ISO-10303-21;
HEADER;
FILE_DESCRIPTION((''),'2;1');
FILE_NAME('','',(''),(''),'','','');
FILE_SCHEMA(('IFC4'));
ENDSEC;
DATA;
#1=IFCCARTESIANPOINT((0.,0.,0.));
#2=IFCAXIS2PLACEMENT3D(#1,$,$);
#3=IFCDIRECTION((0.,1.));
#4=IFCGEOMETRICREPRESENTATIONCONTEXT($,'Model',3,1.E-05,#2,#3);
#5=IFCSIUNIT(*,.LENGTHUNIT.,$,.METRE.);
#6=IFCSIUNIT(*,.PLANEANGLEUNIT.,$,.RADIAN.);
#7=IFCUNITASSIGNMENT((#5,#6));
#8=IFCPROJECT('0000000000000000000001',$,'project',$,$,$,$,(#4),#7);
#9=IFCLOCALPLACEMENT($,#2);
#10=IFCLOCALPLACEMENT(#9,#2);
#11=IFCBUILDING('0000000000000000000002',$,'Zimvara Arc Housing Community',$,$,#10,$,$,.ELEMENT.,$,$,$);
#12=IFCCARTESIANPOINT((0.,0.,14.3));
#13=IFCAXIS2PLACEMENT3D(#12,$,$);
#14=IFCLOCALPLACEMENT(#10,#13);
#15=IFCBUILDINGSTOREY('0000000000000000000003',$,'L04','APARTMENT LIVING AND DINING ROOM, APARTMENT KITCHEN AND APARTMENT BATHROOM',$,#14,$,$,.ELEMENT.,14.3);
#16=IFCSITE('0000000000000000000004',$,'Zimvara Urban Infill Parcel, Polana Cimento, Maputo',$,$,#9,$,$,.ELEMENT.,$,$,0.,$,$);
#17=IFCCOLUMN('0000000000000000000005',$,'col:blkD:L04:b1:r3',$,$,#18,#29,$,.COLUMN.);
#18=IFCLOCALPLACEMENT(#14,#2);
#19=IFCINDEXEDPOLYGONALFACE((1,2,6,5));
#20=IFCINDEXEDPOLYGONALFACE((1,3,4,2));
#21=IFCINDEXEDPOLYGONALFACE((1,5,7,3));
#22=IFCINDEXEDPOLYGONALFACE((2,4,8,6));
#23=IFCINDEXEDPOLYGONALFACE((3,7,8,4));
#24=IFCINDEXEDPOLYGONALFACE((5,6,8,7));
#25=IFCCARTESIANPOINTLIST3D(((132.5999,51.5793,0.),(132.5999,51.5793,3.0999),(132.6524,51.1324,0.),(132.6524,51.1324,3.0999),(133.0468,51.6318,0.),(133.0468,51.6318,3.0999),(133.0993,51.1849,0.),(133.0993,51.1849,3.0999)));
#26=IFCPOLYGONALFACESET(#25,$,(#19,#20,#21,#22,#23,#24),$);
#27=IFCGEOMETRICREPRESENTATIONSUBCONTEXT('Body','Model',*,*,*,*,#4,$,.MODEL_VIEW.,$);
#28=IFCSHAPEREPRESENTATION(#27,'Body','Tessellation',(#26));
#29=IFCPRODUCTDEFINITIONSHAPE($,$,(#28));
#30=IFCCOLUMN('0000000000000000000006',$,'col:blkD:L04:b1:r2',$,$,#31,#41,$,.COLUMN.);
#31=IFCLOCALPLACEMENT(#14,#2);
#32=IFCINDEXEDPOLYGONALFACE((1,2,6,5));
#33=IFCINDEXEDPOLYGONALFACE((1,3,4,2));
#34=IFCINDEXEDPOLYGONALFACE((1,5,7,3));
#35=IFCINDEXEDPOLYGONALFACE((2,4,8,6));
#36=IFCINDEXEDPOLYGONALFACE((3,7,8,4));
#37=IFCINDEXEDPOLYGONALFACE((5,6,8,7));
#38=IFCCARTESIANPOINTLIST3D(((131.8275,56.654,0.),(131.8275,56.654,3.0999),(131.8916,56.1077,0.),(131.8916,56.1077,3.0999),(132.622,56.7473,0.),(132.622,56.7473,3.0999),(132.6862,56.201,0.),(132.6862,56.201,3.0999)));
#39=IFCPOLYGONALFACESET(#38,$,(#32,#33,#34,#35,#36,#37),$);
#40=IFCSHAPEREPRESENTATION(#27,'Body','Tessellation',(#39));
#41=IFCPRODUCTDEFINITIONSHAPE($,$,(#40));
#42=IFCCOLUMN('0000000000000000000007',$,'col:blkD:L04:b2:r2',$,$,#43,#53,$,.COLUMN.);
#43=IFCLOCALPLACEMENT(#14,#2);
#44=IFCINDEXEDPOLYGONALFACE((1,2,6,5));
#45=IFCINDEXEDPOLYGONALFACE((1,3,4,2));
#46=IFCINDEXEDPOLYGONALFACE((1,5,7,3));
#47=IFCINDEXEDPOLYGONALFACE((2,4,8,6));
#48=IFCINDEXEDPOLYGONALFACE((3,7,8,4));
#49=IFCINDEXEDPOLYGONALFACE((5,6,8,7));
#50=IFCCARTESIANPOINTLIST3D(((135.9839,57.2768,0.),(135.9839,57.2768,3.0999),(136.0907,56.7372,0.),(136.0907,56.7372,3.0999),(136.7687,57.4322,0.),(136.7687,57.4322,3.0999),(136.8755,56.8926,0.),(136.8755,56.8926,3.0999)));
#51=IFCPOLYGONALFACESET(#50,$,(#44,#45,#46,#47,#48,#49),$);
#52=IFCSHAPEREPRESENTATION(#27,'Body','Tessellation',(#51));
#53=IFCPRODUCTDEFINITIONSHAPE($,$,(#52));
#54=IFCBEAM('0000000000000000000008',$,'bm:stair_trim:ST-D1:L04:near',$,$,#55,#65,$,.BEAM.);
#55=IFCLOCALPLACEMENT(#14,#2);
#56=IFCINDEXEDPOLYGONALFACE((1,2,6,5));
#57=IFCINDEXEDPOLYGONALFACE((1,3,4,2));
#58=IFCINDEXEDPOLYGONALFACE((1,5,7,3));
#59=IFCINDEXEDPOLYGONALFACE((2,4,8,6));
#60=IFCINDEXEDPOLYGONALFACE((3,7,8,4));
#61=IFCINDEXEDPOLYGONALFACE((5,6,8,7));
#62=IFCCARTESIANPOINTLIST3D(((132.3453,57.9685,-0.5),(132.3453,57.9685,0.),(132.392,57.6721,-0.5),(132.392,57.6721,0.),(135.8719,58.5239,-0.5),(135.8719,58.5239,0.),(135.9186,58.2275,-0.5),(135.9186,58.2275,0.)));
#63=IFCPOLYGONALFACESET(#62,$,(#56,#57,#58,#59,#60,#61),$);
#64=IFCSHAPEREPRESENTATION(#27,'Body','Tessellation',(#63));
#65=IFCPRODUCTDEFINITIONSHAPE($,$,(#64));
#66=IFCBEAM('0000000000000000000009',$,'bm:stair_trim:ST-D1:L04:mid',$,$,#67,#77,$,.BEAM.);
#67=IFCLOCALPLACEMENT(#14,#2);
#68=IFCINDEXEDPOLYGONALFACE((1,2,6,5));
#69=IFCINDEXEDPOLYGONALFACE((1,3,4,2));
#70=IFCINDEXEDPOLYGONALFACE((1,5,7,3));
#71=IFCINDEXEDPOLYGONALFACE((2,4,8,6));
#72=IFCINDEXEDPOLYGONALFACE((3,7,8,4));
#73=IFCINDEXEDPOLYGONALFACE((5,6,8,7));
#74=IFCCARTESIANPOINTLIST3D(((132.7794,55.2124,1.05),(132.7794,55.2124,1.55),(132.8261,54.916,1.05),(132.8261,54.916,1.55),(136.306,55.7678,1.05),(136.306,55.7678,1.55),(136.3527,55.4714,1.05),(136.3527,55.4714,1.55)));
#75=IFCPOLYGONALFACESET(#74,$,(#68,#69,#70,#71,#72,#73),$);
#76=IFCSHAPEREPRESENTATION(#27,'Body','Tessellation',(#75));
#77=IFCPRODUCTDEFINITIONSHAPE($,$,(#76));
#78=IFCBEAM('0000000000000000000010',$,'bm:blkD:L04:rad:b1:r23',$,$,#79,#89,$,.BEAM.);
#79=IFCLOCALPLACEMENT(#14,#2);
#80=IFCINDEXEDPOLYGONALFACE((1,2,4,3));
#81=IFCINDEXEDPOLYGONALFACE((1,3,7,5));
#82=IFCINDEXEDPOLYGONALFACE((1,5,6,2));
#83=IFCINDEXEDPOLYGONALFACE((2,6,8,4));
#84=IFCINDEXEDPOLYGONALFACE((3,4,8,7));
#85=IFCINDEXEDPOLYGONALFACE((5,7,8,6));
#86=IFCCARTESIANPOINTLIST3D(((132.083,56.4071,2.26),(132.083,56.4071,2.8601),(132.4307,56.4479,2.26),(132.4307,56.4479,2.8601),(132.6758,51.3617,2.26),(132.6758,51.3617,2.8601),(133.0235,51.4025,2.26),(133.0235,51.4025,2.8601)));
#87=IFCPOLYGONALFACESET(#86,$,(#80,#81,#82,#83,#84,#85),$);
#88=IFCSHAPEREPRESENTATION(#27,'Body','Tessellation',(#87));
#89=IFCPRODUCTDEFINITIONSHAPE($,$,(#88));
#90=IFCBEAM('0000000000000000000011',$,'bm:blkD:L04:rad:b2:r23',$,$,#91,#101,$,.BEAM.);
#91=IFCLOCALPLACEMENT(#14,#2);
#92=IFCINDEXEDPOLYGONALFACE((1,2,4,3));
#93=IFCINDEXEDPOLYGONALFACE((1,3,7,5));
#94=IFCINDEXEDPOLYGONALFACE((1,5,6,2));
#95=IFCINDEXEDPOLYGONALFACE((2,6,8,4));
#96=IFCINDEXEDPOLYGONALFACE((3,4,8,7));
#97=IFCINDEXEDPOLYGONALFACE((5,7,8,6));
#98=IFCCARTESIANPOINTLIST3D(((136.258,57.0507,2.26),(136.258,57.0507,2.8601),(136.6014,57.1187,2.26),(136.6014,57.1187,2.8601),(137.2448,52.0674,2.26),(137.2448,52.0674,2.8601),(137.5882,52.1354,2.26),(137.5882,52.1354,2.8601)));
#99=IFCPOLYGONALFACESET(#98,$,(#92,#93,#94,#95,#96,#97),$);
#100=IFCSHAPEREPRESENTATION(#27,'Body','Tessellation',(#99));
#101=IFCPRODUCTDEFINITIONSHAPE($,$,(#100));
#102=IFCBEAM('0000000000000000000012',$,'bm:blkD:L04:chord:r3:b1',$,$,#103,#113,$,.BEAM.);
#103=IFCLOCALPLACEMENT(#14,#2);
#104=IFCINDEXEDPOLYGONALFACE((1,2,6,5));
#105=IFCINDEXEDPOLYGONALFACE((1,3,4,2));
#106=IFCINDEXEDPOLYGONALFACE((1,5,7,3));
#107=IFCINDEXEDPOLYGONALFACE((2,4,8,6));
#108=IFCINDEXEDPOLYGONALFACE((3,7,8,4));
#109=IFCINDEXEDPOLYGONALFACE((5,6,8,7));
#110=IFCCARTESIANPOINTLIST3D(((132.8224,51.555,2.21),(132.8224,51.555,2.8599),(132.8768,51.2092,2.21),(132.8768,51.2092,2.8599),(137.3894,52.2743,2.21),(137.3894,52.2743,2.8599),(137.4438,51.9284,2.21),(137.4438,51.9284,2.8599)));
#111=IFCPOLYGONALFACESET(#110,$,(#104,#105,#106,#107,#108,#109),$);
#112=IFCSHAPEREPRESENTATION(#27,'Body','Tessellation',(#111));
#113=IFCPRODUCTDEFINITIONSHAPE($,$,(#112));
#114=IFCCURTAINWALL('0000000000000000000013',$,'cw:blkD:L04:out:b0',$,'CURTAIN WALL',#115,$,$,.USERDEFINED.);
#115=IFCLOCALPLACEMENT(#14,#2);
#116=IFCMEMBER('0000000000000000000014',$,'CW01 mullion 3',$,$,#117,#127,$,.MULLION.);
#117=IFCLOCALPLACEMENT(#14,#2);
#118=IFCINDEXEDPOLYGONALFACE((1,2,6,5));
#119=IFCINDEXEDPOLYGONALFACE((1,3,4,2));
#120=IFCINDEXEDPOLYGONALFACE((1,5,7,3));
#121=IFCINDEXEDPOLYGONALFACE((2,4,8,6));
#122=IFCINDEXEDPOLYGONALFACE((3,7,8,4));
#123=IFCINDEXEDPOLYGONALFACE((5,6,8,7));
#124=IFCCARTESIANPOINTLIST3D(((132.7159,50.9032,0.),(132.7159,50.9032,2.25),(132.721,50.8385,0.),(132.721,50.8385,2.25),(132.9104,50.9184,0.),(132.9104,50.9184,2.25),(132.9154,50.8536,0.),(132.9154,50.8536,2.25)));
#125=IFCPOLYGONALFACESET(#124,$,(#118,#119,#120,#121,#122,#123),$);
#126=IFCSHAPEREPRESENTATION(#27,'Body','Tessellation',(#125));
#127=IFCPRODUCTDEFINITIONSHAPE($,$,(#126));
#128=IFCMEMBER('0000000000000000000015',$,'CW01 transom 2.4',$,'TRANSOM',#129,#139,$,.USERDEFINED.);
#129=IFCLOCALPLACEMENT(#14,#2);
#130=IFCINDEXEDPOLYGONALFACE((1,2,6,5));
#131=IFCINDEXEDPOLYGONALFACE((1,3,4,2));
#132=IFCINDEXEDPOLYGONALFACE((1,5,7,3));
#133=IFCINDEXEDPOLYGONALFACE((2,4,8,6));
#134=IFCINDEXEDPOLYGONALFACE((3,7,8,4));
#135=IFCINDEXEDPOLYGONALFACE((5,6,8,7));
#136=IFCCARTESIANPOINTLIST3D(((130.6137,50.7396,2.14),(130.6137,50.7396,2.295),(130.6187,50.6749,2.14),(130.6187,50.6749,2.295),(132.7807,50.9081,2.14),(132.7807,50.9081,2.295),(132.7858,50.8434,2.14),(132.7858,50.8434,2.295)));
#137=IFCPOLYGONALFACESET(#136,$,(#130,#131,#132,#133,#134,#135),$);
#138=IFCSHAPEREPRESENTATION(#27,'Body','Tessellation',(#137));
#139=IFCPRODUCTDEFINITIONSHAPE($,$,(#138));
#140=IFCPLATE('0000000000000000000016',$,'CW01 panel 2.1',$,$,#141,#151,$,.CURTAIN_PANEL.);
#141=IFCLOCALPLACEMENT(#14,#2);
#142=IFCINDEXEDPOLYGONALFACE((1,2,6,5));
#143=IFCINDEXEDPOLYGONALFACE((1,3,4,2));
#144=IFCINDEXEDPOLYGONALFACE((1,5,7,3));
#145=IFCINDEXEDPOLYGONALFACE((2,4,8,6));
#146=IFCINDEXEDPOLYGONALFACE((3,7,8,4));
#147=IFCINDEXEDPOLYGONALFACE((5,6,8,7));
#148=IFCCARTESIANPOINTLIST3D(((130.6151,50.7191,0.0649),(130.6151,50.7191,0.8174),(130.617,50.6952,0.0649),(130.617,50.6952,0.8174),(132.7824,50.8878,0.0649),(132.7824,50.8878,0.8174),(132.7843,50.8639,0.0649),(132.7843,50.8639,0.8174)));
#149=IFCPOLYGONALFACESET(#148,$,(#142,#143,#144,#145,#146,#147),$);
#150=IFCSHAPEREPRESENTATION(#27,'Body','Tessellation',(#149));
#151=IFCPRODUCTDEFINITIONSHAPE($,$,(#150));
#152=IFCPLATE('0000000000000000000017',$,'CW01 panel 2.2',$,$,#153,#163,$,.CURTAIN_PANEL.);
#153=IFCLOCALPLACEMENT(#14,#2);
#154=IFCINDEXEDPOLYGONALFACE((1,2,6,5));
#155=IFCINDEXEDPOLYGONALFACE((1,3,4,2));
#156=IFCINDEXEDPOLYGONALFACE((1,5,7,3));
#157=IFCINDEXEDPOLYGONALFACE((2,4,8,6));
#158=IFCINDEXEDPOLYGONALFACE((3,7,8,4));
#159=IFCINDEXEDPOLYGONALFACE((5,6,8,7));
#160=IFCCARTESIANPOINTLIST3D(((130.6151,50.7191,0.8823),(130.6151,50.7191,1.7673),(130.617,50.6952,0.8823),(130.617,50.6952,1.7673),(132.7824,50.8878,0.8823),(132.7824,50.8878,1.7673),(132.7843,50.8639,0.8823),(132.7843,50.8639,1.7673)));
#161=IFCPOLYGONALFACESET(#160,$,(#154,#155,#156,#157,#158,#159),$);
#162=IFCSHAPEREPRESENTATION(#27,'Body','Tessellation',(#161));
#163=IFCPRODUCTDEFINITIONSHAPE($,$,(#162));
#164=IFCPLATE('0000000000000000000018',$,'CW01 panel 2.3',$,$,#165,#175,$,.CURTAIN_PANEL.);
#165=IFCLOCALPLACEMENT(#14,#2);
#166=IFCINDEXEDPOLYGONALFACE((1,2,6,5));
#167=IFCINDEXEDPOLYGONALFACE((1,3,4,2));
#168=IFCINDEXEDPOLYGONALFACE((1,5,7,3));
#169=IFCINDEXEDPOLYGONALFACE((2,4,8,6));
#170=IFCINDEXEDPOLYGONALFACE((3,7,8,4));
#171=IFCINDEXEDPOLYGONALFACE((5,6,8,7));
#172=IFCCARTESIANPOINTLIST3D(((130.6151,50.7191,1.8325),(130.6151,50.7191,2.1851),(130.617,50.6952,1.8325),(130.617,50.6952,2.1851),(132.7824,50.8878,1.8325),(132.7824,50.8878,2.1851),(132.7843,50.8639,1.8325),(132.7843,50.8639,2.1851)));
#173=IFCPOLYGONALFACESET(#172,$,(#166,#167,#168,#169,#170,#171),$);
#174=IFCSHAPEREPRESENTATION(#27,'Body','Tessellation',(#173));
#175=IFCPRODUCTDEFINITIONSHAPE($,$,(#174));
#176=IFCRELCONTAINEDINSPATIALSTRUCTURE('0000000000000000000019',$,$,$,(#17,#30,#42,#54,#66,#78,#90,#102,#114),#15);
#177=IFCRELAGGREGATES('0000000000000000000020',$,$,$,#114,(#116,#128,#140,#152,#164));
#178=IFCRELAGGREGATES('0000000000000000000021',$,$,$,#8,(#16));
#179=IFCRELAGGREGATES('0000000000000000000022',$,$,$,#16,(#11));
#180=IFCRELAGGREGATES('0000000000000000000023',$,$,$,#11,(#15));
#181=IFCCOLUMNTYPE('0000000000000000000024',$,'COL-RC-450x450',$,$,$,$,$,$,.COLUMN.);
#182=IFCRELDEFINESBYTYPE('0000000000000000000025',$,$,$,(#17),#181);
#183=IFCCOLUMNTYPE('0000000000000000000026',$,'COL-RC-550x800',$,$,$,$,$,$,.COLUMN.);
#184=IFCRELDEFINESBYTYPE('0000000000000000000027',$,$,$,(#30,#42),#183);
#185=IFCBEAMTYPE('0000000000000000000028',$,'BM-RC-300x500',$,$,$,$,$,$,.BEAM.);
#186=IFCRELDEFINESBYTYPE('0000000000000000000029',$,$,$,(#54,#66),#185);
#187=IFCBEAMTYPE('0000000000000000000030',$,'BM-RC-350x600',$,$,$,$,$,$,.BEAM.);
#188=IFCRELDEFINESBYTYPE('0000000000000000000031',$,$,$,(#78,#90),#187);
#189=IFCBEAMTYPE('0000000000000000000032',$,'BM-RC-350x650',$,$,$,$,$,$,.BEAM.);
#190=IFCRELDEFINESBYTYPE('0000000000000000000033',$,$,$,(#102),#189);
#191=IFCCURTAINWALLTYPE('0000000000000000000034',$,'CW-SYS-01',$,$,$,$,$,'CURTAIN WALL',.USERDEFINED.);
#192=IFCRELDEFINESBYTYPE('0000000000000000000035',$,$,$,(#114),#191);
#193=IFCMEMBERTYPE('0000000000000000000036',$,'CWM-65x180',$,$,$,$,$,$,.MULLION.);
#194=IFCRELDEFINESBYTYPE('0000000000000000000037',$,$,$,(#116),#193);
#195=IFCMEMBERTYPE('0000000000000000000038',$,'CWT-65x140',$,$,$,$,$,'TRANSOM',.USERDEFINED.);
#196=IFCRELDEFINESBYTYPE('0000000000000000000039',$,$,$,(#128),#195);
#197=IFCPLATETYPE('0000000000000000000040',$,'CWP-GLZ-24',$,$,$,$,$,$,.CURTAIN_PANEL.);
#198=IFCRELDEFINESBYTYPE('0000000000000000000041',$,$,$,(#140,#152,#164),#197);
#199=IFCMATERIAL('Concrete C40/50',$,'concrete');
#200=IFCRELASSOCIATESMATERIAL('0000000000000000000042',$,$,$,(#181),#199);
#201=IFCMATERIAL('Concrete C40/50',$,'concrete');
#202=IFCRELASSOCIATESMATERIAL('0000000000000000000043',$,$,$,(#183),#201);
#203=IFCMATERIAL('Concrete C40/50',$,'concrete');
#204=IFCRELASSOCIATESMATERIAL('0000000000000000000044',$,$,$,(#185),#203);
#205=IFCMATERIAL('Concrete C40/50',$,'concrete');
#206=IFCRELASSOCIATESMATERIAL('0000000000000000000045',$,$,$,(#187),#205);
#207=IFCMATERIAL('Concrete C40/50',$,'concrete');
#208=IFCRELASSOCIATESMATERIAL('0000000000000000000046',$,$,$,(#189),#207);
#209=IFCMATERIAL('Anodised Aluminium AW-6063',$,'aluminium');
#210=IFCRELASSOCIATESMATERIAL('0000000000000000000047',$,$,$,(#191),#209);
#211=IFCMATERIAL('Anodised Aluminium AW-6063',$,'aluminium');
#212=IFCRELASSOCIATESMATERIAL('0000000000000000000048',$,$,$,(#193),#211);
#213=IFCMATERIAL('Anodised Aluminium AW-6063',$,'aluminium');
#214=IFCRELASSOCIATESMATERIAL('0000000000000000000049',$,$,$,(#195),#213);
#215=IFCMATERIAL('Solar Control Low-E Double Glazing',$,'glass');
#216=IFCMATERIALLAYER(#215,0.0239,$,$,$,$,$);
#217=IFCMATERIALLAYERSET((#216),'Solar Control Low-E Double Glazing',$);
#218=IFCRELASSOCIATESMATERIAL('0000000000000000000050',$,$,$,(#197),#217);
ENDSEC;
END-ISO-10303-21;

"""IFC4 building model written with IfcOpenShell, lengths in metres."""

from ifc_helpers import new_model, si_unit, direction, frame, origin, origin_2d, place, context, subcontext, project, spatial, rectangle, extrude, material, layer, layer_set, material_profile, profile_set, type_object, element, aggregate, save


model = new_model("IFC4")

# Units and contexts
model_context = context("Model", 3, precision=1e-05, world=origin(), true_north=direction((0.0, 1.0)))
body_context = subcontext(model_context, "Body", "Model", "MODEL_VIEW")
ifc_project = project(units=[si_unit("LENGTHUNIT", "METRE"), si_unit("PLANEANGLEUNIT", "RADIAN")], contexts=[model_context])

# Site, building, storey
site_placement = place(None, origin())
site = spatial("IfcSite", under=ifc_project, at=site_placement, Name="Zimvara Urban Infill Parcel, Polana Cimento, Maputo", CompositionType="ELEMENT", RefElevation=0.0)
building_placement = place(site_placement, origin())
building = spatial("IfcBuilding", under=site, at=building_placement, Name="Zimvara Arc Housing Community", CompositionType="ELEMENT")
storey_placement = place(building_placement, frame((0.0, 0.0, 14.3)))
storey = spatial("IfcBuildingStorey", under=building, at=storey_placement, Name="L04", Description="APARTMENT LIVING AND DINING ROOM, APARTMENT KITCHEN AND APARTMENT BATHROOM", CompositionType="ELEMENT", Elevation=14.3)

# Columns
ifc_material_1 = material(Name="Concrete C40/50", Category="concrete")
ifc_material_profile_1 = material_profile(ifc_material_1, rectangle(XDim=0.45, YDim=0.45, at=origin_2d()), Name="RC 450x450")
ifc_profile_set_1 = profile_set([ifc_material_profile_1], Name="Concrete C40/50")
column_type_1 = type_object("IfcColumnType", Name="COL-RC-450x450", PredefinedType="COLUMN", material=ifc_profile_set_1)
column_placement = place(storey_placement, frame((132.8496, 51.3821, 0.0), z_axis=(0.0, 0.0, 1.0), x_axis=(0.116671, -0.993171, 0.0)))
element("IfcColumn", 1, at=column_placement, inside=storey, type_object=column_type_1, Name="col:blkD:L04:b1:r3", PredefinedType="COLUMN", context=body_context, shape_type="SweptSolid", body=[
    extrude(rectangle(XDim=0.45, YDim=0.45, at=origin_2d()), origin(), (0.0, 0.0, 1.0), 3.0999),
])
ifc_material_2 = material(Name="Concrete C40/50", Category="concrete")
ifc_material_profile_2 = material_profile(ifc_material_2, rectangle(XDim=0.55, YDim=0.8, at=origin_2d()), Name="RC 550x800")
ifc_profile_set_2 = profile_set([ifc_material_profile_2], Name="Concrete C40/50")
column_type_2 = type_object("IfcColumnType", Name="COL-RC-550x800", PredefinedType="COLUMN", material=ifc_profile_set_2)
for number, where, z_axis, x_axis, name in (
    (2, (132.2568, 56.4275, 0.0), (0.0, 0.0, 1.0), (0.116671, -0.993171, 0.0), "col:blkD:L04:b1:r2"),
    (3, (136.4297, 57.0847, 0.0), (0.0, 0.0, 1.0), (0.194234, -0.980955, 0.0), "col:blkD:L04:b2:r2"),
):
    element("IfcColumn", number, at=place(storey_placement, frame(where, z_axis=z_axis, x_axis=x_axis)), inside=storey, type_object=column_type_2, Name=name, PredefinedType="COLUMN", context=body_context, shape_type="SweptSolid", body=[
        extrude(rectangle(XDim=0.55, YDim=0.8, at=origin_2d()), origin(), (0.0, 0.0, 1.0), 3.0999),
    ])

# Beams
ifc_material_3 = material(Name="Concrete C40/50", Category="concrete")
ifc_material_profile_3 = material_profile(ifc_material_3, rectangle(XDim=0.3, YDim=0.5, at=origin_2d()), Name="RC 300x500")
ifc_profile_set_3 = profile_set([ifc_material_profile_3], Name="Concrete C40/50")
beam_type_1 = type_object("IfcBeamType", Name="BM-RC-300x500", PredefinedType="BEAM", material=ifc_profile_set_3)
for number, where, z_axis, x_axis, name in (
    (4, (132.3687, 57.8203, -0.25), (0.987824, 0.155576, 0.0), (-0.155576, 0.987824, 0.0), "bm:stair_trim:ST-D1:L04:near"),
    (5, (132.8027, 55.0642, 1.3), (0.987824, 0.155576, 0.0), (-0.155576, 0.987824, 0.0), "bm:stair_trim:ST-D1:L04:mid"),
):
    element("IfcBeam", number, at=place(storey_placement, frame(where, z_axis=z_axis, x_axis=x_axis)), inside=storey, type_object=beam_type_1, Name=name, PredefinedType="BEAM", context=body_context, shape_type="SweptSolid", body=[
        extrude(rectangle(XDim=0.3, YDim=0.5, at=origin_2d()), origin(), (0.0, 0.0, 1.0), 3.5701),
    ])
ifc_material_4 = material(Name="Concrete C40/50", Category="concrete")
ifc_material_profile_4 = material_profile(ifc_material_4, rectangle(XDim=0.3501, YDim=0.6001, at=origin_2d()), Name="RC 350x600")
ifc_profile_set_4 = profile_set([ifc_material_profile_4], Name="Concrete C40/50")
beam_type_2 = type_object("IfcBeamType", Name="BM-RC-350x600", PredefinedType="BEAM", material=ifc_profile_set_4)
for number, where, z_axis, x_axis, name in (
    (6, (132.2568, 56.4275, 2.5601), (0.116685, -0.993169, 0.0), (0.993169, 0.116685, 0.0), "bm:blkD:L04:rad:b1:r23"),
    (7, (136.4297, 57.0847, 2.5601), (0.194249, -0.980952, 0.0), (0.980952, 0.194249, 0.0), "bm:blkD:L04:rad:b2:r23"),
):
    element("IfcBeam", number, at=place(storey_placement, frame(where, z_axis=z_axis, x_axis=x_axis)), inside=storey, type_object=beam_type_2, Name=name, PredefinedType="BEAM", context=body_context, shape_type="SweptSolid", body=[
        extrude(rectangle(XDim=0.3501, YDim=0.6001, at=origin_2d()), origin(), (0.0, 0.0, 1.0), 5.0801),
    ])
ifc_material_5 = material(Name="Concrete C40/50", Category="concrete")
ifc_material_profile_5 = material_profile(ifc_material_5, rectangle(XDim=0.3501, YDim=0.6499, at=origin_2d()), Name="RC 350x650")
ifc_profile_set_5 = profile_set([ifc_material_profile_5], Name="Concrete C40/50")
beam_type_3 = type_object("IfcBeamType", Name="BM-RC-350x650", PredefinedType="BEAM", material=ifc_profile_set_5)
beam_placement = place(storey_placement, frame((132.8496, 51.3821, 2.5349), z_axis=(0.987825, 0.155572, 0.0), x_axis=(-0.155572, 0.987825, 0.0)))
element("IfcBeam", 8, at=beam_placement, inside=storey, type_object=beam_type_3, Name="bm:blkD:L04:chord:r3:b1", PredefinedType="BEAM", context=body_context, shape_type="SweptSolid", body=[
    extrude(rectangle(XDim=0.3501, YDim=0.6499, at=origin_2d()), origin(), (0.0, 0.0, 1.0), 4.6233),
])

# Curtain wall, members, plates
ifc_material_6 = material(Name="Anodised Aluminium AW-6063", Category="aluminium")
curtain_wall_type = type_object("IfcCurtainWallType", Name="CW-SYS-01", ElementType="CURTAIN WALL", PredefinedType="USERDEFINED", material=ifc_material_6)
curtain_wall_placement = place(storey_placement, origin())
curtain_wall = element("IfcCurtainWall", 9, at=curtain_wall_placement, inside=storey, type_object=curtain_wall_type, Name="cw:blkD:L04:out:b0", ObjectType="CURTAIN WALL", PredefinedType="USERDEFINED")
ifc_material_7 = material(Name="Anodised Aluminium AW-6063", Category="aluminium")
ifc_material_profile_6 = material_profile(ifc_material_7, rectangle(XDim=0.0649, YDim=0.1951, at=origin_2d()), Name="ALU 65x195")
ifc_profile_set_6 = profile_set([ifc_material_profile_6], Name="Anodised Aluminium AW-6063")
member_type_1 = type_object("IfcMemberType", Name="CWM-65x180", PredefinedType="MULLION", material=ifc_profile_set_6)
member_1_placement = place(storey_placement, frame((132.8157, 50.8784, 0.0), z_axis=(0.0, 0.0, 1.0), x_axis=(-0.07759, 0.996985, 0.0)))
member_1 = element("IfcMember", 10, at=member_1_placement, type_object=member_type_1, Name="CW01 mullion 3", PredefinedType="MULLION", context=body_context, shape_type="SweptSolid", body=[
    extrude(rectangle(XDim=0.0649, YDim=0.1951, at=origin_2d()), origin(), (0.0, 0.0, 1.0), 2.25),
])
ifc_material_8 = material(Name="Anodised Aluminium AW-6063", Category="aluminium")
ifc_material_profile_7 = material_profile(ifc_material_8, rectangle(XDim=0.0649, YDim=0.155, at=origin_2d()), Name="ALU 65x155")
ifc_profile_set_7 = profile_set([ifc_material_profile_7], Name="Anodised Aluminium AW-6063")
member_type_2 = type_object("IfcMemberType", Name="CWT-65x140", ElementType="TRANSOM", PredefinedType="USERDEFINED", material=ifc_profile_set_7)
member_2_placement = place(storey_placement, frame((130.6162, 50.7073, 2.2175), z_axis=(0.996992, 0.077504, 0.0), x_axis=(-0.077504, 0.996992, 0.0)))
member_2 = element("IfcMember", 11, at=member_2_placement, type_object=member_type_2, Name="CW01 transom 2.4", ObjectType="TRANSOM", PredefinedType="USERDEFINED", context=body_context, shape_type="SweptSolid", body=[
    extrude(rectangle(XDim=0.0649, YDim=0.155, at=origin_2d()), origin(), (0.0, 0.0, 1.0), 2.1736),
])
ifc_material_9 = material(Name="Solar Control Low-E Double Glazing", Category="glass")
ifc_layer_1 = layer(ifc_material_9, 0.0239)
ifc_layer_set_1 = layer_set([ifc_layer_1], Name="Solar Control Low-E Double Glazing")
plate_type = type_object("IfcPlateType", Name="CWP-GLZ-24", PredefinedType="CURTAIN_PANEL", material=ifc_layer_set_1)
plate_1_placement = place(storey_placement, frame((131.6997, 50.7915, 0.0649), z_axis=(0.0, 0.0, 1.0), x_axis=(0.996985, 0.07759, 0.0)))
plate_1 = element("IfcPlate", 12, at=plate_1_placement, type_object=plate_type, Name="CW01 panel 2.1", PredefinedType="CURTAIN_PANEL", context=body_context, shape_type="SweptSolid", body=[
    extrude(rectangle(XDim=2.1738, YDim=0.0239, at=origin_2d()), origin(), (0.0, 0.0, 1.0), 0.7524),
])
plate_2_placement = place(storey_placement, frame((131.6997, 50.7915, 0.8823), z_axis=(0.0, 0.0, 1.0), x_axis=(0.996985, 0.07759, 0.0)))
plate_2 = element("IfcPlate", 13, at=plate_2_placement, type_object=plate_type, Name="CW01 panel 2.2", PredefinedType="CURTAIN_PANEL", context=body_context, shape_type="SweptSolid", body=[
    extrude(rectangle(XDim=2.1738, YDim=0.0239, at=origin_2d()), origin(), (0.0, 0.0, 1.0), 0.885),
])
plate_3_placement = place(storey_placement, frame((131.6997, 50.7915, 1.8325), z_axis=(0.0, 0.0, 1.0), x_axis=(0.996985, 0.07759, 0.0)))
plate_3 = element("IfcPlate", 14, at=plate_3_placement, type_object=plate_type, Name="CW01 panel 2.3", PredefinedType="CURTAIN_PANEL", context=body_context, shape_type="SweptSolid", body=[
    extrude(rectangle(XDim=2.1738, YDim=0.0239, at=origin_2d()), origin(), (0.0, 0.0, 1.0), 0.3525),
])
aggregate(curtain_wall, [member_1, member_2, plate_1, plate_2, plate_3])

save(model, "model.ifc")
